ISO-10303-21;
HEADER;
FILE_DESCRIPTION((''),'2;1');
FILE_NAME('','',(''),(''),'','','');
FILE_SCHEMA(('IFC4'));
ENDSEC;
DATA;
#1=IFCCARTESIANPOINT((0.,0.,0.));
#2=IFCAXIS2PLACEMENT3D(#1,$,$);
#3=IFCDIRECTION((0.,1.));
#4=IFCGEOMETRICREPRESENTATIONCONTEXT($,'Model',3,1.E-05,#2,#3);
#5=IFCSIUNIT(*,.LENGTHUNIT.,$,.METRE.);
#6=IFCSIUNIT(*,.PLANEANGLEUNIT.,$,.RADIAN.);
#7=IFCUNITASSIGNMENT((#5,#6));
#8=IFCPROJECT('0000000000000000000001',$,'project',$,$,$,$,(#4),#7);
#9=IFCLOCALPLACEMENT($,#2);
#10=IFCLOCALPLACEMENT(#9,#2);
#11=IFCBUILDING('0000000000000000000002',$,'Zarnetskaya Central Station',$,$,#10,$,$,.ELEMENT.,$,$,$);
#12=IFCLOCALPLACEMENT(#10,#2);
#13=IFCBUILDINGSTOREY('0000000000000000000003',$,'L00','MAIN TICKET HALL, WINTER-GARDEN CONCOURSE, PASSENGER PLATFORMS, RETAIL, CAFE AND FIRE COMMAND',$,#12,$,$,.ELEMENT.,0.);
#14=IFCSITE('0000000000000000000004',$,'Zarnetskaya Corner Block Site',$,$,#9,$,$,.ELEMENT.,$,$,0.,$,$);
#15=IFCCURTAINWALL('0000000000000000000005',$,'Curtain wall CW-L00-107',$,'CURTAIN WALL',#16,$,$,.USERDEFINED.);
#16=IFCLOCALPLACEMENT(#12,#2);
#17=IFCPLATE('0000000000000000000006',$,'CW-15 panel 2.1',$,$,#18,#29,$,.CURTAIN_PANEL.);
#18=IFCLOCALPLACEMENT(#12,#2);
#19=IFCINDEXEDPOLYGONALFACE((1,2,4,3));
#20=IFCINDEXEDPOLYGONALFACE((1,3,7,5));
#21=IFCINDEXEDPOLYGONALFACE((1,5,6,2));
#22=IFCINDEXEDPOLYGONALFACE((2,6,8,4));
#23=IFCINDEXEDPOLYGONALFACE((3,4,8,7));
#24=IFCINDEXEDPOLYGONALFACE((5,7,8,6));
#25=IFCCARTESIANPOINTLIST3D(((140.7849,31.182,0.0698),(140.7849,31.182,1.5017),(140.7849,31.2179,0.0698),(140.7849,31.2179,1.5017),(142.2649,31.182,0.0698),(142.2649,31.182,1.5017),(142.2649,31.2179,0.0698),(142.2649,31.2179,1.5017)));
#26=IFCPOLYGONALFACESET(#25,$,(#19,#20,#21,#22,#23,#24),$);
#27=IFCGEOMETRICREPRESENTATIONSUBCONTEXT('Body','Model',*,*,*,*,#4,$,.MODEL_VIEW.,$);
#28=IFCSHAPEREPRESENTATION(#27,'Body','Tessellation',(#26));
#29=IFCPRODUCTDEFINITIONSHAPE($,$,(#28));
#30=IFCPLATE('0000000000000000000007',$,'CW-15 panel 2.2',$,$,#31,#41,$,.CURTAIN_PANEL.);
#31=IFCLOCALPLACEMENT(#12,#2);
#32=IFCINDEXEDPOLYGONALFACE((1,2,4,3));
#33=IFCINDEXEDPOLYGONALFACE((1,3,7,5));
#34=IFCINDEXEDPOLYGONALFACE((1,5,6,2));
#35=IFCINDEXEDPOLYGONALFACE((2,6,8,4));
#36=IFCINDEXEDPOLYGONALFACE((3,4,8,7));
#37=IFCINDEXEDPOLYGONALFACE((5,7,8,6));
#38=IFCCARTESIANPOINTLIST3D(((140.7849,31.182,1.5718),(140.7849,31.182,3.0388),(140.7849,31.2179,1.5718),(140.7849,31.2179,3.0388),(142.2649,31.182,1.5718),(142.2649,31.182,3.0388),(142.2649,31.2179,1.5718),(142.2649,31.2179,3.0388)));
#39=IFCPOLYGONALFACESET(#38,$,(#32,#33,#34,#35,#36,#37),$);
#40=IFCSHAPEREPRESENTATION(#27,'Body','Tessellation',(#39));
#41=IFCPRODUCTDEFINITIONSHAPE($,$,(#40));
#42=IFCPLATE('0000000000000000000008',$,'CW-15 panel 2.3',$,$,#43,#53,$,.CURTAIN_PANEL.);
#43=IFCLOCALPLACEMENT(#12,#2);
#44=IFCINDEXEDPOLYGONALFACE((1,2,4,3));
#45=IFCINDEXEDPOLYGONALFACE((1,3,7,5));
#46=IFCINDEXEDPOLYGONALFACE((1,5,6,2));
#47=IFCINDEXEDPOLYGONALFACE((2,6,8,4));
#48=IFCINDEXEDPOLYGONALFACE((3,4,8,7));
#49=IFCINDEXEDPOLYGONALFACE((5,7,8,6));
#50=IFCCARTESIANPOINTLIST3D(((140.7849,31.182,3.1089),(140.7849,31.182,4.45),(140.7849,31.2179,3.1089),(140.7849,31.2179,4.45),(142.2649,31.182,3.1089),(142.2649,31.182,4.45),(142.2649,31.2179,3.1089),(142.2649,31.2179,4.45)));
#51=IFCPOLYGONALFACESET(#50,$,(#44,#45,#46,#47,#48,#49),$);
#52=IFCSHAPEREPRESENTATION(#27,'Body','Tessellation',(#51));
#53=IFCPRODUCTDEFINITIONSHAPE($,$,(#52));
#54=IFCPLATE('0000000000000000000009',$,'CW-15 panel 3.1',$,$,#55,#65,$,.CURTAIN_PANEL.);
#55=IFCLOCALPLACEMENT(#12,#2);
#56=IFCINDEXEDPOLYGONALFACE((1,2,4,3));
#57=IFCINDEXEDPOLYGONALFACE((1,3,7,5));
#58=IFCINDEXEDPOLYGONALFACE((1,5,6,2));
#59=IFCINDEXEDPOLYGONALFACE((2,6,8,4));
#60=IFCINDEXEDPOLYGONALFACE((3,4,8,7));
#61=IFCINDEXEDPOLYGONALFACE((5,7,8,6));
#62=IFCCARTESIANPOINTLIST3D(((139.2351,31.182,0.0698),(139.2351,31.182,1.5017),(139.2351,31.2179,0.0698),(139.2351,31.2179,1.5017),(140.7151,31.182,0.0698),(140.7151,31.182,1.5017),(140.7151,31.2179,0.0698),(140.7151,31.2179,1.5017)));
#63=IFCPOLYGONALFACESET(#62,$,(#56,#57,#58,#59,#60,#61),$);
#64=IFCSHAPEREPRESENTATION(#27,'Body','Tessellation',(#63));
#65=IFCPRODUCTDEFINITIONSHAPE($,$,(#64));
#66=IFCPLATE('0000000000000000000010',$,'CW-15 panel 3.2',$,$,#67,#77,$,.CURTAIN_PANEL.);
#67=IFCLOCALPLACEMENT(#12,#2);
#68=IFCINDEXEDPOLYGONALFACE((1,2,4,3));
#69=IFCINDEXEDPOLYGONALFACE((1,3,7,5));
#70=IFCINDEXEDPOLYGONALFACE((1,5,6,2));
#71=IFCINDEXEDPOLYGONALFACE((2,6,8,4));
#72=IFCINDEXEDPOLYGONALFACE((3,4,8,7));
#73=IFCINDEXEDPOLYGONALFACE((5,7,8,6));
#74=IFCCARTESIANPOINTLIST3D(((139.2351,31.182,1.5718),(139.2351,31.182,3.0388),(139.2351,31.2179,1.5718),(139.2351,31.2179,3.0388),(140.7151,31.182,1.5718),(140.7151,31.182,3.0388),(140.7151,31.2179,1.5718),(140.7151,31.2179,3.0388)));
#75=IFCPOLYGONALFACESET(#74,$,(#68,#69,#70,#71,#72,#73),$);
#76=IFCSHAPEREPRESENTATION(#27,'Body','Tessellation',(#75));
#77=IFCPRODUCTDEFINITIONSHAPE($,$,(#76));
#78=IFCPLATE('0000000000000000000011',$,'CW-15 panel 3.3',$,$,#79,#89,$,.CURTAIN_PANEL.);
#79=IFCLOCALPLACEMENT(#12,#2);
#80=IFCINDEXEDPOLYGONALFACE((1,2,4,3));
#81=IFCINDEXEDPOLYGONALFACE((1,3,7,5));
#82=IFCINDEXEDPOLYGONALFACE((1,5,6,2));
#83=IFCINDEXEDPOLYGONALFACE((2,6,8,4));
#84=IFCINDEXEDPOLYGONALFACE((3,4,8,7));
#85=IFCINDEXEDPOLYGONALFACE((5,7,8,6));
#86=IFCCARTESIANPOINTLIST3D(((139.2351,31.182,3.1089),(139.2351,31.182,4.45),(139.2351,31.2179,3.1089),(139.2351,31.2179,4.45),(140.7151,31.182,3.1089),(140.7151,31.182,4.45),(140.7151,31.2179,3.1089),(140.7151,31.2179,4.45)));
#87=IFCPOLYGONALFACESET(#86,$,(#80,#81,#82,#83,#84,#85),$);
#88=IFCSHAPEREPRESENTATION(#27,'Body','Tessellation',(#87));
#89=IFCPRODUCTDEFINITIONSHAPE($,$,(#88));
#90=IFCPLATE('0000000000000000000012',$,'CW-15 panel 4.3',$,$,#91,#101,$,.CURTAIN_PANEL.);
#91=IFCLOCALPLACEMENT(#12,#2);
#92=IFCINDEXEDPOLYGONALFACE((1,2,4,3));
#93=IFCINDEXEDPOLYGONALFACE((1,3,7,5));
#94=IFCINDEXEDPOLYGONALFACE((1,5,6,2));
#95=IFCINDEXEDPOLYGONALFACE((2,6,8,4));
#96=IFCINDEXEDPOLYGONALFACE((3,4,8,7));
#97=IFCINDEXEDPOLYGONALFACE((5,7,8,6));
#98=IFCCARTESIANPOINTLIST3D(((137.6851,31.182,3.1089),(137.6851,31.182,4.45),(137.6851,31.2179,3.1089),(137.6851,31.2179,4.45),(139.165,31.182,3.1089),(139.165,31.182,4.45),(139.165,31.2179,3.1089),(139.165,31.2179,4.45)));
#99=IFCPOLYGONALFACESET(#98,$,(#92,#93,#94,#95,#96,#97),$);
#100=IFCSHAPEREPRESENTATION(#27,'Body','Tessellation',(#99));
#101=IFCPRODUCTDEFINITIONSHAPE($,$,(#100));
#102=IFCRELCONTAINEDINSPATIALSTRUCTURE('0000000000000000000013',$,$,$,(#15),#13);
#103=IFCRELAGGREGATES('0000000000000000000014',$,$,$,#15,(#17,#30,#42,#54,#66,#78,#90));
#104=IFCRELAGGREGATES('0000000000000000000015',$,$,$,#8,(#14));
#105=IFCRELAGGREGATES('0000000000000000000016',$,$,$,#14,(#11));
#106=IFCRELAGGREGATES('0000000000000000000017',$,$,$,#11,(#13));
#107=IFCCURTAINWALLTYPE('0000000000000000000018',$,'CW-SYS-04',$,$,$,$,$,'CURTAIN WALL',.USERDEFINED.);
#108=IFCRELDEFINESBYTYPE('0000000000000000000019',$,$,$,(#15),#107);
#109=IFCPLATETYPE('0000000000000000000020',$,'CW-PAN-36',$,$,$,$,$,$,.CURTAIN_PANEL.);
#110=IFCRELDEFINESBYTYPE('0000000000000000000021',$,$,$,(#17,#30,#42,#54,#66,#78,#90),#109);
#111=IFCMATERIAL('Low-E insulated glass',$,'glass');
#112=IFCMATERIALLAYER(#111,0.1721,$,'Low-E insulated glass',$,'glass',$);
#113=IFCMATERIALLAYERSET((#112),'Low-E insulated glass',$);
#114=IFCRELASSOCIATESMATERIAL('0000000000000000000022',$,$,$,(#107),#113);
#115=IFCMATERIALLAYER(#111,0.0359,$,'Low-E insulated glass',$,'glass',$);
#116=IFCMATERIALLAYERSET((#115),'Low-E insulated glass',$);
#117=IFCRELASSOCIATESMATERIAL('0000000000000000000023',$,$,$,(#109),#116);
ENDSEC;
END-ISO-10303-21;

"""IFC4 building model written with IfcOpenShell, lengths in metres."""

from ifc_helpers import new_model, si_unit, direction, frame, origin, origin_2d, place, context, subcontext, project, spatial, rectangle, extrude, material, layer, layer_set, type_object, element, aggregate, save


model = new_model("IFC4")

# Units and contexts
model_context = context("Model", 3, precision=1e-05, world=origin(), true_north=direction((0.0, 1.0)))
body_context = subcontext(model_context, "Body", "Model", "MODEL_VIEW")
ifc_project = project(units=[si_unit("LENGTHUNIT", "METRE"), si_unit("PLANEANGLEUNIT", "RADIAN")], contexts=[model_context])

# Site, building, storey
site_placement = place(None, origin())
site = spatial("IfcSite", under=ifc_project, at=site_placement, Name="Zarnetskaya Corner Block Site", CompositionType="ELEMENT", RefElevation=0.0)
building_placement = place(site_placement, origin())
building = spatial("IfcBuilding", under=site, at=building_placement, Name="Zarnetskaya Central Station", CompositionType="ELEMENT")
storey_placement = place(building_placement, origin())
storey = spatial("IfcBuildingStorey", under=building, at=storey_placement, Name="L00", Description="MAIN TICKET HALL, WINTER-GARDEN CONCOURSE, PASSENGER PLATFORMS, RETAIL, CAFE AND FIRE COMMAND", CompositionType="ELEMENT", Elevation=0.0)

# Curtain wall, plates
ifc_material_1 = material(Name="Low-E insulated glass", Category="glass")
ifc_layer_1 = layer(ifc_material_1, 0.1721, Name="Low-E insulated glass", Category="glass")
ifc_layer_set_1 = layer_set([ifc_layer_1], Name="Low-E insulated glass")
curtain_wall_type = type_object("IfcCurtainWallType", Name="CW-SYS-04", ElementType="CURTAIN WALL", PredefinedType="USERDEFINED", material=ifc_layer_set_1)
curtain_wall_placement = place(storey_placement, origin())
curtain_wall = element("IfcCurtainWall", 1, at=curtain_wall_placement, inside=storey, type_object=curtain_wall_type, Name="Curtain wall CW-L00-107", ObjectType="CURTAIN WALL", PredefinedType="USERDEFINED")
ifc_layer_2 = layer(ifc_material_1, 0.0359, Name="Low-E insulated glass", Category="glass")
ifc_layer_set_2 = layer_set([ifc_layer_2], Name="Low-E insulated glass")
plate_type = type_object("IfcPlateType", Name="CW-PAN-36", PredefinedType="CURTAIN_PANEL", material=ifc_layer_set_2)
plate_1_placement = place(storey_placement, frame((141.5249, 31.2, 0.0698), z_axis=(0.0, 0.0, 1.0), x_axis=(-1.0, 0.0, 0.0)))
plate_1 = element("IfcPlate", 2, at=plate_1_placement, type_object=plate_type, Name="CW-15 panel 2.1", PredefinedType="CURTAIN_PANEL", context=body_context, shape_type="SweptSolid", body=[
    extrude(rectangle(XDim=1.48, YDim=0.0359, at=origin_2d()), origin(), (0.0, 0.0, 1.0), 1.4319),
])
plate_2_placement = place(storey_placement, frame((141.5249, 31.2, 1.5718), z_axis=(0.0, 0.0, 1.0), x_axis=(-1.0, 0.0, 0.0)))
plate_2 = element("IfcPlate", 3, at=plate_2_placement, type_object=plate_type, Name="CW-15 panel 2.2", PredefinedType="CURTAIN_PANEL", context=body_context, shape_type="SweptSolid", body=[
    extrude(rectangle(XDim=1.48, YDim=0.0359, at=origin_2d()), origin(), (0.0, 0.0, 1.0), 1.467),
])
plate_3_placement = place(storey_placement, frame((141.5249, 31.2, 3.1089), z_axis=(0.0, 0.0, 1.0), x_axis=(-1.0, 0.0, 0.0)))
plate_3 = element("IfcPlate", 4, at=plate_3_placement, type_object=plate_type, Name="CW-15 panel 2.3", PredefinedType="CURTAIN_PANEL", context=body_context, shape_type="SweptSolid", body=[
    extrude(rectangle(XDim=1.48, YDim=0.0359, at=origin_2d()), origin(), (0.0, 0.0, 1.0), 1.3411),
])
plate_4_placement = place(storey_placement, frame((139.9751, 31.2, 0.0698), z_axis=(0.0, 0.0, 1.0), x_axis=(-1.0, 0.0, 0.0)))
plate_4 = element("IfcPlate", 5, at=plate_4_placement, type_object=plate_type, Name="CW-15 panel 3.1", PredefinedType="CURTAIN_PANEL", context=body_context, shape_type="SweptSolid", body=[
    extrude(rectangle(XDim=1.48, YDim=0.0359, at=origin_2d()), origin(), (0.0, 0.0, 1.0), 1.4319),
])
plate_5_placement = place(storey_placement, frame((139.9751, 31.2, 1.5718), z_axis=(0.0, 0.0, 1.0), x_axis=(-1.0, 0.0, 0.0)))
plate_5 = element("IfcPlate", 6, at=plate_5_placement, type_object=plate_type, Name="CW-15 panel 3.2", PredefinedType="CURTAIN_PANEL", context=body_context, shape_type="SweptSolid", body=[
    extrude(rectangle(XDim=1.48, YDim=0.0359, at=origin_2d()), origin(), (0.0, 0.0, 1.0), 1.467),
])
plate_6_placement = place(storey_placement, frame((139.9751, 31.2, 3.1089), z_axis=(0.0, 0.0, 1.0), x_axis=(-1.0, 0.0, 0.0)))
plate_6 = element("IfcPlate", 7, at=plate_6_placement, type_object=plate_type, Name="CW-15 panel 3.3", PredefinedType="CURTAIN_PANEL", context=body_context, shape_type="SweptSolid", body=[
    extrude(rectangle(XDim=1.48, YDim=0.0359, at=origin_2d()), origin(), (0.0, 0.0, 1.0), 1.3411),
])
plate_7_placement = place(storey_placement, frame((138.425, 31.2, 3.1089), z_axis=(0.0, 0.0, 1.0), x_axis=(-1.0, 0.0, 0.0)))
plate_7 = element("IfcPlate", 8, at=plate_7_placement, type_object=plate_type, Name="CW-15 panel 4.3", PredefinedType="CURTAIN_PANEL", context=body_context, shape_type="SweptSolid", body=[
    extrude(rectangle(XDim=1.48, YDim=0.0359, at=origin_2d()), origin(), (0.0, 0.0, 1.0), 1.3411),
])
aggregate(curtain_wall, [plate_1, plate_2, plate_3, plate_4, plate_5, plate_6, plate_7])

save(model, "model.ifc")
